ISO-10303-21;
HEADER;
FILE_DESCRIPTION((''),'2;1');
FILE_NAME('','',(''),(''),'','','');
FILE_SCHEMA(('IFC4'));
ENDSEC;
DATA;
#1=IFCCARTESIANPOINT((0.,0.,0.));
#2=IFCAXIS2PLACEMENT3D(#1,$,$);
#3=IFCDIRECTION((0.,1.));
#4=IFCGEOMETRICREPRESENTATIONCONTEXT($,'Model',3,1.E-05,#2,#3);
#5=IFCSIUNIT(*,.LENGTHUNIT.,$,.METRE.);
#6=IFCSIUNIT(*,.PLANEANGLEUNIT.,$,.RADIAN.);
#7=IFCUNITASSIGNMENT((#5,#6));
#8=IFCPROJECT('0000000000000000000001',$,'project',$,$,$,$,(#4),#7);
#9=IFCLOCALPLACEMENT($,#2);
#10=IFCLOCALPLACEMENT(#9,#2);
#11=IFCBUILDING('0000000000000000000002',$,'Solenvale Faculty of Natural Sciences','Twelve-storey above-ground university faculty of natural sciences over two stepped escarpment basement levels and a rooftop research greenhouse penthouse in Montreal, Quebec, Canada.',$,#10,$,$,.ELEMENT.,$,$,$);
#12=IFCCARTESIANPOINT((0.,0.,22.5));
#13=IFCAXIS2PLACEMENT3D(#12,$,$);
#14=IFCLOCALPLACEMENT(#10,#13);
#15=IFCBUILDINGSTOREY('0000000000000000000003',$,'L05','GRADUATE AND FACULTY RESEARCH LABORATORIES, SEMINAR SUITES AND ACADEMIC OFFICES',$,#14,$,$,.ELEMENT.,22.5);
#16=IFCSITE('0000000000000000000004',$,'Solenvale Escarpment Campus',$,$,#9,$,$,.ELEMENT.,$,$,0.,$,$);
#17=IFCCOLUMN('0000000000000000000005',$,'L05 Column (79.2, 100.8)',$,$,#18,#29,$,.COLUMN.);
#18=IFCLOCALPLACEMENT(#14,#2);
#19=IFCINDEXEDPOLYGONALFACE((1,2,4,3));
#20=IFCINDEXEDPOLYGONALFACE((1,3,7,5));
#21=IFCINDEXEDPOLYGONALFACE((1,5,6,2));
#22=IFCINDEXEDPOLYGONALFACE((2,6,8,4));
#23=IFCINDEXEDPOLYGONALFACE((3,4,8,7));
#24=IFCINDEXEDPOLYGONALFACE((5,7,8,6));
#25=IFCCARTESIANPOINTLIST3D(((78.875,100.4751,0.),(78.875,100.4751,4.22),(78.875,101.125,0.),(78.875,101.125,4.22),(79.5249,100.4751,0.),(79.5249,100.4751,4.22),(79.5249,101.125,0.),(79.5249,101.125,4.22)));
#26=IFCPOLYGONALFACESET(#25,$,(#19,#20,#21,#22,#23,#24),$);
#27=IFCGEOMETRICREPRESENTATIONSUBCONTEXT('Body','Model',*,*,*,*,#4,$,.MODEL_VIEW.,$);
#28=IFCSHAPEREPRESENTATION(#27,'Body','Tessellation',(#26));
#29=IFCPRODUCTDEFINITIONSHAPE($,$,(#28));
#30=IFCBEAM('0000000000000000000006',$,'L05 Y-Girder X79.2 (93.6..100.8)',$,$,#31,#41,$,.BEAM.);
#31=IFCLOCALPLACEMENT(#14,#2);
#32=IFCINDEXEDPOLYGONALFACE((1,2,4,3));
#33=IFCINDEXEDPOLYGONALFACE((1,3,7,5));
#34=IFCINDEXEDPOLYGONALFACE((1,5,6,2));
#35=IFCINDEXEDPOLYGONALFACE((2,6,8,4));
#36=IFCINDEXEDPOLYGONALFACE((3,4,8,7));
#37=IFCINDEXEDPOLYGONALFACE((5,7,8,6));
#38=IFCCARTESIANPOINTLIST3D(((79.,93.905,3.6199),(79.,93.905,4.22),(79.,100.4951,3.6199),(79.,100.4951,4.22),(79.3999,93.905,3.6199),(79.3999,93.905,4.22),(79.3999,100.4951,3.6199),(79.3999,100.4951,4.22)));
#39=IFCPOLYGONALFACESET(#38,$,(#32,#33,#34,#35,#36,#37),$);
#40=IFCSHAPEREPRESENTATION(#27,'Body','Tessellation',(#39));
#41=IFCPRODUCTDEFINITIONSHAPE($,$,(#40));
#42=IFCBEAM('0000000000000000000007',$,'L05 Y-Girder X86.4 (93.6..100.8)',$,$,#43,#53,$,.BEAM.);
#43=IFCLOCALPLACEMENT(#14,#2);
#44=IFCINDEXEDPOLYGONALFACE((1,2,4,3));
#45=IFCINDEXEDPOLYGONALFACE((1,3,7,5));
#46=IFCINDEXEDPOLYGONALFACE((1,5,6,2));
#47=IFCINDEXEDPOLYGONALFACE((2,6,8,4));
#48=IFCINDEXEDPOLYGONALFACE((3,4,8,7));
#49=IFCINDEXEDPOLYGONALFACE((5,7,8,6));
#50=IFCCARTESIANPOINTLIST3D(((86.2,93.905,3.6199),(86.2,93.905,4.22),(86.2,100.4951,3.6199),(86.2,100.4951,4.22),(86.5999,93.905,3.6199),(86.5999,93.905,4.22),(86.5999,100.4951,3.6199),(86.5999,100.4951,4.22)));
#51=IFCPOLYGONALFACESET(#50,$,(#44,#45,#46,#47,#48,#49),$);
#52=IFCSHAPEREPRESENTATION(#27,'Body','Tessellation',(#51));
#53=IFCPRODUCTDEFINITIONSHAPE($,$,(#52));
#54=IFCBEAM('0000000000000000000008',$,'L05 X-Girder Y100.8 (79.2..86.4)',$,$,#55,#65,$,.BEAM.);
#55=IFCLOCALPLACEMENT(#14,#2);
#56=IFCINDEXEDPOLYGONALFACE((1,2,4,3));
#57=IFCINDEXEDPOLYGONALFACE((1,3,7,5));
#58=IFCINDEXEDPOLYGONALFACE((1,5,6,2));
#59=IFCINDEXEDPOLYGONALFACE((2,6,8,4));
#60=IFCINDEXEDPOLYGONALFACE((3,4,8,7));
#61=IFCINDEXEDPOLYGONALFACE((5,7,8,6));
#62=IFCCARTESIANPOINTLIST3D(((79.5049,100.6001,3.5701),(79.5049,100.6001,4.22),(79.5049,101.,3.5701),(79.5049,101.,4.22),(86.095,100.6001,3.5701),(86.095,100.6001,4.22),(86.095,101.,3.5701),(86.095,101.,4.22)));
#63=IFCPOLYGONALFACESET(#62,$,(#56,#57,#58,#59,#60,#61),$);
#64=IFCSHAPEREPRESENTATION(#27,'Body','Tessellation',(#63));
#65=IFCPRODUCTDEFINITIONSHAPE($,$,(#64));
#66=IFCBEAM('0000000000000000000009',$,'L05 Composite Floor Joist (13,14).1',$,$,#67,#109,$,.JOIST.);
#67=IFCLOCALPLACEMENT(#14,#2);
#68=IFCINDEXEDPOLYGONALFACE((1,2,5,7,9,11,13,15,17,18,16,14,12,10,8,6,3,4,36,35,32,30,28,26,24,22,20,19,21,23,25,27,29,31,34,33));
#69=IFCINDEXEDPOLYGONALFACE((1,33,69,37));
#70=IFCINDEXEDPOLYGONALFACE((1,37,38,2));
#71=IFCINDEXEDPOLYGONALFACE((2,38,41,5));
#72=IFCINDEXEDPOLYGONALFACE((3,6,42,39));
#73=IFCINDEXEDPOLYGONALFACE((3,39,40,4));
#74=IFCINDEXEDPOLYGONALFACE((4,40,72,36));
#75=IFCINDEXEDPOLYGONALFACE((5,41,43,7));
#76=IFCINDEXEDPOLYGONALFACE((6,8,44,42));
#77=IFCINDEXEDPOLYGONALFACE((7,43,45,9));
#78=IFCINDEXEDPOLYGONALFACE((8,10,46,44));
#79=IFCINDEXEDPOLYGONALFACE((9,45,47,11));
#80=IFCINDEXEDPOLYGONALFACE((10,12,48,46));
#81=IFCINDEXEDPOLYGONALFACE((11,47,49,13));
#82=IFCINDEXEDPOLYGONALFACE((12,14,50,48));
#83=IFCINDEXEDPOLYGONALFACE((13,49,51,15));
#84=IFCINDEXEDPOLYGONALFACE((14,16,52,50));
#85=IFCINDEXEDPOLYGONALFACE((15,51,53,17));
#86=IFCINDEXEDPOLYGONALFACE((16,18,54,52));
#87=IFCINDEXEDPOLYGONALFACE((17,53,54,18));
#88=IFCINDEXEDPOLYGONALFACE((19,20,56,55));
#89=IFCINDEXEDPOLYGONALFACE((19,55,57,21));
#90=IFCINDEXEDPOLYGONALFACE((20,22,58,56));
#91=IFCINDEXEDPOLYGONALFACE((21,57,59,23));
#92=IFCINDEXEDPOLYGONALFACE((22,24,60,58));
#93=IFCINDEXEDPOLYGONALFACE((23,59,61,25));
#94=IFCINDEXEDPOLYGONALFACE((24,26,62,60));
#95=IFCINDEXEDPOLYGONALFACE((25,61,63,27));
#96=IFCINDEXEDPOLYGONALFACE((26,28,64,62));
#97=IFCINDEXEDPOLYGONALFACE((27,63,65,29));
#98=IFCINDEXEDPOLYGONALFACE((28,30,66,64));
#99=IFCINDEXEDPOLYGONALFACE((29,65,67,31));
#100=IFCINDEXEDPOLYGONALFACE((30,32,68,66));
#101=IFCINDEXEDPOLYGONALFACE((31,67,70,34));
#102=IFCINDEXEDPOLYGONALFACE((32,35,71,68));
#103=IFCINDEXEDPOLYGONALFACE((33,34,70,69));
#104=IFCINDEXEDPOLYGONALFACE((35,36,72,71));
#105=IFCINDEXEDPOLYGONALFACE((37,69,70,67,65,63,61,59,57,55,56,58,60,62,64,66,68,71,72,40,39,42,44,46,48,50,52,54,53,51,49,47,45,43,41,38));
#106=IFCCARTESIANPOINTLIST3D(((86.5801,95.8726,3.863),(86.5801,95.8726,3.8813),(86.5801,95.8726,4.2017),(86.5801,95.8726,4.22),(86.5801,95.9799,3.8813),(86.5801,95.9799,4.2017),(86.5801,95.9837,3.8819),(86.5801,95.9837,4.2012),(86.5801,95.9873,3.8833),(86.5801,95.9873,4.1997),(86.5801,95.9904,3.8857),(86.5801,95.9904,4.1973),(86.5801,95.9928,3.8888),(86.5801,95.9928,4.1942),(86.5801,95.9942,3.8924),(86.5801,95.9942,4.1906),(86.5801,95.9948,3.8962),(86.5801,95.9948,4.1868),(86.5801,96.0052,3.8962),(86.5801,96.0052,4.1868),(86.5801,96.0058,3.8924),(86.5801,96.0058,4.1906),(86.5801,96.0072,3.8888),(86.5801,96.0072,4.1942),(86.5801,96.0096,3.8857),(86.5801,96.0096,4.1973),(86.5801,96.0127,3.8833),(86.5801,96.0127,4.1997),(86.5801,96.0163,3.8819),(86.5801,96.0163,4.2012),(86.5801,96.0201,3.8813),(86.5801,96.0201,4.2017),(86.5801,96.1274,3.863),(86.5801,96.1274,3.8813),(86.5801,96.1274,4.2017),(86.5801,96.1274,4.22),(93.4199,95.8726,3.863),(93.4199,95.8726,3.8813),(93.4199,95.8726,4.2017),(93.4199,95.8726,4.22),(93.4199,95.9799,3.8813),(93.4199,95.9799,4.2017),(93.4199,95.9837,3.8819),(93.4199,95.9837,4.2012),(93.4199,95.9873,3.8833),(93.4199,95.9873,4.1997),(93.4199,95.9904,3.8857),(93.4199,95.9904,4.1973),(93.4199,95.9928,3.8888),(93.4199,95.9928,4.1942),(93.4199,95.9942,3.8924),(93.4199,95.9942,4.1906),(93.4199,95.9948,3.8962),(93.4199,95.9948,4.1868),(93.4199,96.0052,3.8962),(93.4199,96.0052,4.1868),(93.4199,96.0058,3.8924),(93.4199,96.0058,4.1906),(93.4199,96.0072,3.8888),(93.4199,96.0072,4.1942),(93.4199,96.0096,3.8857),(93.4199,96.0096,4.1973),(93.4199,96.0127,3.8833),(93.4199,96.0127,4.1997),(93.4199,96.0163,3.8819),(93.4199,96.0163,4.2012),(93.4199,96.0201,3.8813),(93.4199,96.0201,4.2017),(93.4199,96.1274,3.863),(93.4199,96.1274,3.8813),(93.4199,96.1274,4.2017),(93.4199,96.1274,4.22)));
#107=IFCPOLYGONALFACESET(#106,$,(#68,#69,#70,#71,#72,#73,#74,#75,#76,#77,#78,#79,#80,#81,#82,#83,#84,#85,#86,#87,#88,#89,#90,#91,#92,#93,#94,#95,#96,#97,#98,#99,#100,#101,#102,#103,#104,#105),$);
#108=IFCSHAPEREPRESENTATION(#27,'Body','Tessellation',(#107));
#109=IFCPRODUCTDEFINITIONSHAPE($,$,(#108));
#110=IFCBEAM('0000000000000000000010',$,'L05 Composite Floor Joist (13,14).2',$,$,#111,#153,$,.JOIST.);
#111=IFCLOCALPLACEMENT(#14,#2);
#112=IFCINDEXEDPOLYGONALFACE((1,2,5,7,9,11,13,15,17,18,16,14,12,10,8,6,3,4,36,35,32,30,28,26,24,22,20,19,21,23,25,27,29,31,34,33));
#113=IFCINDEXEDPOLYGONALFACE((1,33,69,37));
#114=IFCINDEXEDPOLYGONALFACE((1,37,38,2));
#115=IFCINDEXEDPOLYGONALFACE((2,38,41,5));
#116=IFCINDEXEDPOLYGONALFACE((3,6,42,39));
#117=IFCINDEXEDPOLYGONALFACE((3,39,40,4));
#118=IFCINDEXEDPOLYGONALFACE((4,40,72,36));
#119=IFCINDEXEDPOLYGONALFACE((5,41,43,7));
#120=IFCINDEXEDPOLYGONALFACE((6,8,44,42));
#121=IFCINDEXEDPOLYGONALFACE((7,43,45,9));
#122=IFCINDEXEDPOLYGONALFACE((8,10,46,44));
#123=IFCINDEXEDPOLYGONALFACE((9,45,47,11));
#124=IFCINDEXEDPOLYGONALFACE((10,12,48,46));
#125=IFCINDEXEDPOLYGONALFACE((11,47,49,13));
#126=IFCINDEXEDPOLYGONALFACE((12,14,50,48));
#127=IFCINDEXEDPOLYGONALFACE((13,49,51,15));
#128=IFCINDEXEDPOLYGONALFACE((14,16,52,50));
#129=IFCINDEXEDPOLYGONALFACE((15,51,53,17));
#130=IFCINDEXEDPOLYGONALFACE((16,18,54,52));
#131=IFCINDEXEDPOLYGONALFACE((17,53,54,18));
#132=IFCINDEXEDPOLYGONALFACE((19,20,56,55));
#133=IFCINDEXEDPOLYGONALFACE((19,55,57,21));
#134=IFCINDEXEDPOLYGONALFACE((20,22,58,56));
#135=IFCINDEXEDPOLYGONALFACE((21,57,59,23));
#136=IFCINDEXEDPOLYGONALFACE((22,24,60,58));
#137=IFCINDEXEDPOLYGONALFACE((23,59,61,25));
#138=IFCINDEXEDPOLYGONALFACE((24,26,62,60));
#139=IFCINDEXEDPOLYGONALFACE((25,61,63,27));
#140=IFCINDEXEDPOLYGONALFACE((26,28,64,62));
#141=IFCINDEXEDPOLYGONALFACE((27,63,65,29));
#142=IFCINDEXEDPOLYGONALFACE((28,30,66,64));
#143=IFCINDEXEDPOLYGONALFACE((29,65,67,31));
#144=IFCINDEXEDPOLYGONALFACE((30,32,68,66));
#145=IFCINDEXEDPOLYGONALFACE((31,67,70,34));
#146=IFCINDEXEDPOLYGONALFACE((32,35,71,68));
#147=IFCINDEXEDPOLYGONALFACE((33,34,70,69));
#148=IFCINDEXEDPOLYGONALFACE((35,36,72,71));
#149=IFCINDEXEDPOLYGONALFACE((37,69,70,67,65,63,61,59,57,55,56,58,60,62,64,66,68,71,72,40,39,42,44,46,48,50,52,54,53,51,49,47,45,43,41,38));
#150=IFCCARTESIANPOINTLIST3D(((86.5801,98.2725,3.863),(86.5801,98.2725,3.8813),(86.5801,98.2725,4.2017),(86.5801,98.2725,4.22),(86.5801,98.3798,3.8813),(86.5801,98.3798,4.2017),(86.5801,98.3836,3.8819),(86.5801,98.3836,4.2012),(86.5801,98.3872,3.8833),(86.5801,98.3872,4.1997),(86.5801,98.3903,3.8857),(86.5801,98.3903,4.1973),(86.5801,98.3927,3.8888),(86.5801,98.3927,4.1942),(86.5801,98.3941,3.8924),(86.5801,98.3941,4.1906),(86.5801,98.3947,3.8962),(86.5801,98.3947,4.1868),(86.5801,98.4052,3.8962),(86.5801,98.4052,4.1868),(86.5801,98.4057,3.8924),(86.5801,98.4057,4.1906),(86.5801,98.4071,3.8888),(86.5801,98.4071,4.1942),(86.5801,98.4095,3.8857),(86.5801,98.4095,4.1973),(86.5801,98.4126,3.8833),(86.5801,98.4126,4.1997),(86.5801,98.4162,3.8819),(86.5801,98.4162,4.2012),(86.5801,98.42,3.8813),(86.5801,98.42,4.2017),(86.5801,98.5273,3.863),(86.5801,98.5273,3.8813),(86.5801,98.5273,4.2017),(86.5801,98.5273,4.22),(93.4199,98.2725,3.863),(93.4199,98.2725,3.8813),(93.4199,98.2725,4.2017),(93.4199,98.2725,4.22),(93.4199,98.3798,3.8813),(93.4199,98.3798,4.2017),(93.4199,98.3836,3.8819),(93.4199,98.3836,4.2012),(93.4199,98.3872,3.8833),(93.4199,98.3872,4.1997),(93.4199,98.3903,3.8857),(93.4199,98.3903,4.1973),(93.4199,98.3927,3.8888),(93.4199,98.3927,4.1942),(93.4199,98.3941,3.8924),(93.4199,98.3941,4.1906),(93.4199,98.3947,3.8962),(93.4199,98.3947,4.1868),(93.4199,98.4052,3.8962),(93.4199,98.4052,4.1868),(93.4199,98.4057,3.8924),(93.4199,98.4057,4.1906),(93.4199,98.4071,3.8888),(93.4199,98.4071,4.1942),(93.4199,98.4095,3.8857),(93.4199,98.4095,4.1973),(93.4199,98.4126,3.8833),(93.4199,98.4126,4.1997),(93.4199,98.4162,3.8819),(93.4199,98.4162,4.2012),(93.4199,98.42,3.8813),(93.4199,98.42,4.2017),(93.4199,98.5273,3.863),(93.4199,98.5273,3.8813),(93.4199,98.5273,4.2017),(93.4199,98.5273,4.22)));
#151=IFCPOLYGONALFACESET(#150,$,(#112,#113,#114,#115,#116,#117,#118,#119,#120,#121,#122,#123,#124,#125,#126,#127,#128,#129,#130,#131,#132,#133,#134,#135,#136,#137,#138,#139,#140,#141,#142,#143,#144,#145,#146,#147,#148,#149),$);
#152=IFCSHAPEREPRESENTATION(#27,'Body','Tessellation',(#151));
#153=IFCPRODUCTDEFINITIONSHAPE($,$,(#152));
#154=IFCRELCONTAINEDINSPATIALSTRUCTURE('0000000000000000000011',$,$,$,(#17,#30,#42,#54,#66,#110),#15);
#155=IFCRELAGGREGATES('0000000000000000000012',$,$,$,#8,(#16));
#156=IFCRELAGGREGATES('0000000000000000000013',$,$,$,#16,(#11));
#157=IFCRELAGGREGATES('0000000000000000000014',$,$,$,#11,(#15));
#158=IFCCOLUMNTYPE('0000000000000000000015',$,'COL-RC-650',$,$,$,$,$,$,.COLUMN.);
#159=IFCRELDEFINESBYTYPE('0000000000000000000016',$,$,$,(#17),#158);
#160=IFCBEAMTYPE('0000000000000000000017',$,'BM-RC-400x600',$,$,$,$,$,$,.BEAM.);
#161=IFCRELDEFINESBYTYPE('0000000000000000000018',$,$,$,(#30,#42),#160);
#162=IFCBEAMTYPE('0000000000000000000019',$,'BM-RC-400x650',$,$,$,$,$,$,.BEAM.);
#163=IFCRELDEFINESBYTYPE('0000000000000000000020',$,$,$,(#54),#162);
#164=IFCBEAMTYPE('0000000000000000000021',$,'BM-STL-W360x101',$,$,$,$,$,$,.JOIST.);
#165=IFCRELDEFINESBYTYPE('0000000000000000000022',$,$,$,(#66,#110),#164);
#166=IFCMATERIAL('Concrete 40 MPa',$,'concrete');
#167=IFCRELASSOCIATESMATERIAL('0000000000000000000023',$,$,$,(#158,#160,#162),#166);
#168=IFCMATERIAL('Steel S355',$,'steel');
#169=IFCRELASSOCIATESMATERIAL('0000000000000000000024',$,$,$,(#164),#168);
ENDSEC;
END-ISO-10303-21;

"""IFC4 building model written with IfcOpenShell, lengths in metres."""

from ifc_helpers import new_model, si_unit, direction, frame, origin, origin_2d, place, context, subcontext, project, spatial, rectangle, i_section, extrude, material, material_profile, profile_set, type_object, element, save


model = new_model("IFC4")

# Units and contexts
model_context = context("Model", 3, precision=1e-05, world=origin(), true_north=direction((0.0, 1.0)))
body_context = subcontext(model_context, "Body", "Model", "MODEL_VIEW")
ifc_project = project(units=[si_unit("LENGTHUNIT", "METRE"), si_unit("PLANEANGLEUNIT", "RADIAN")], contexts=[model_context])

# Site, building, storey
site_placement = place(None, origin())
site = spatial("IfcSite", under=ifc_project, at=site_placement, Name="Solenvale Escarpment Campus", CompositionType="ELEMENT", RefElevation=0.0)
building_placement = place(site_placement, origin())
building = spatial("IfcBuilding", under=site, at=building_placement, Name="Solenvale Faculty of Natural Sciences", Description="Twelve-storey above-ground university faculty of natural sciences over two stepped escarpment basement levels and a rooftop research greenhouse penthouse in Montreal, Quebec, Canada.", CompositionType="ELEMENT")
storey_placement = place(building_placement, frame((0.0, 0.0, 22.5)))
storey = spatial("IfcBuildingStorey", under=building, at=storey_placement, Name="L05", Description="GRADUATE AND FACULTY RESEARCH LABORATORIES, SEMINAR SUITES AND ACADEMIC OFFICES", CompositionType="ELEMENT", Elevation=22.5)

# Column
ifc_material_1 = material(Name="Concrete 40 MPa", Category="concrete")
ifc_material_profile_1 = material_profile(ifc_material_1, rectangle(XDim=0.6499, YDim=0.6499, at=origin_2d()), Name="RC-COL-650x650")
ifc_profile_set_1 = profile_set([ifc_material_profile_1], Name="Concrete 40 MPa")
column_type = type_object("IfcColumnType", Name="COL-RC-650", PredefinedType="COLUMN", material=ifc_profile_set_1)
column_placement = place(storey_placement, frame((79.2, 100.8, 0.0), z_axis=(0.0, 0.0, 1.0), x_axis=(1.0, 0.0, 0.0)))
element("IfcColumn", 1, at=column_placement, inside=storey, type_object=column_type, Name="L05 Column (79.2, 100.8)", PredefinedType="COLUMN", context=body_context, shape_type="SweptSolid", body=[
    extrude(rectangle(XDim=0.6499, YDim=0.6499, at=origin_2d()), origin(), (0.0, 0.0, 1.0), 4.22),
])

# Beams
ifc_material_profile_2 = material_profile(ifc_material_1, rectangle(XDim=0.3999, YDim=0.6001, at=origin_2d()), Name="RC-BM-400x600")
ifc_profile_set_2 = profile_set([ifc_material_profile_2], Name="Concrete 40 MPa")
beam_type_1 = type_object("IfcBeamType", Name="BM-RC-400x600", PredefinedType="BEAM", material=ifc_profile_set_2)
for number, where, z_axis, x_axis, name in (
    (2, (79.2, 93.905, 3.9199), (0.0, 1.0, 0.0), (-1.0, 0.0, 0.0), "L05 Y-Girder X79.2 (93.6..100.8)"),
    (3, (86.3999, 93.905, 3.9199), (0.0, 1.0, 0.0), (-1.0, 0.0, 0.0), "L05 Y-Girder X86.4 (93.6..100.8)"),
):
    element("IfcBeam", number, at=place(storey_placement, frame(where, z_axis=z_axis, x_axis=x_axis)), inside=storey, type_object=beam_type_1, Name=name, PredefinedType="BEAM", context=body_context, shape_type="SweptSolid", body=[
        extrude(rectangle(XDim=0.3999, YDim=0.6001, at=origin_2d()), origin(), (0.0, 0.0, 1.0), 6.5901),
    ])
ifc_material_profile_3 = material_profile(ifc_material_1, rectangle(XDim=0.3999, YDim=0.6499, at=origin_2d()), Name="RC-BM-400x650")
ifc_profile_set_3 = profile_set([ifc_material_profile_3], Name="Concrete 40 MPa")
beam_type_2 = type_object("IfcBeamType", Name="BM-RC-400x650", PredefinedType="BEAM", material=ifc_profile_set_3)
beam_placement = place(storey_placement, frame((79.5049, 100.8, 3.895), z_axis=(1.0, 0.0, 0.0), x_axis=(0.0, 1.0, 0.0)))
element("IfcBeam", 4, at=beam_placement, inside=storey, type_object=beam_type_2, Name="L05 X-Girder Y100.8 (79.2..86.4)", PredefinedType="BEAM", context=body_context, shape_type="SweptSolid", body=[
    extrude(rectangle(XDim=0.3999, YDim=0.6499, at=origin_2d()), origin(), (0.0, 0.0, 1.0), 6.5901),
])
ifc_material_2 = material(Name="Steel S355", Category="steel")
ifc_material_profile_4 = material_profile(ifc_material_2, i_section(OverallWidth=0.2549, OverallDepth=0.3569, WebThickness=0.0105, FlangeThickness=0.0183, FilletRadius=0.0149, at=origin_2d()), Name="W360x101")
ifc_profile_set_4 = profile_set([ifc_material_profile_4], Name="Steel S355")
beam_type_3 = type_object("IfcBeamType", Name="BM-STL-W360x101", PredefinedType="JOIST", material=ifc_profile_set_4)
for number, where, z_axis, x_axis, name in (
    (5, (86.5801, 96.0, 4.0415), (1.0, 0.0, 0.0), (0.0, 1.0, 0.0), "L05 Composite Floor Joist (13,14).1"),
    (6, (86.5801, 98.3999, 4.0415), (1.0, 0.0, 0.0), (0.0, 1.0, 0.0), "L05 Composite Floor Joist (13,14).2"),
):
    element("IfcBeam", number, at=place(storey_placement, frame(where, z_axis=z_axis, x_axis=x_axis)), inside=storey, type_object=beam_type_3, Name=name, PredefinedType="JOIST", context=body_context, shape_type="SweptSolid", body=[
        extrude(i_section(OverallWidth=0.2549, OverallDepth=0.3569, WebThickness=0.0105, FlangeThickness=0.0183, FilletRadius=0.0149, at=origin_2d()), origin(), (0.0, 0.0, 1.0), 6.8398),
    ])

save(model, "model.ifc")
